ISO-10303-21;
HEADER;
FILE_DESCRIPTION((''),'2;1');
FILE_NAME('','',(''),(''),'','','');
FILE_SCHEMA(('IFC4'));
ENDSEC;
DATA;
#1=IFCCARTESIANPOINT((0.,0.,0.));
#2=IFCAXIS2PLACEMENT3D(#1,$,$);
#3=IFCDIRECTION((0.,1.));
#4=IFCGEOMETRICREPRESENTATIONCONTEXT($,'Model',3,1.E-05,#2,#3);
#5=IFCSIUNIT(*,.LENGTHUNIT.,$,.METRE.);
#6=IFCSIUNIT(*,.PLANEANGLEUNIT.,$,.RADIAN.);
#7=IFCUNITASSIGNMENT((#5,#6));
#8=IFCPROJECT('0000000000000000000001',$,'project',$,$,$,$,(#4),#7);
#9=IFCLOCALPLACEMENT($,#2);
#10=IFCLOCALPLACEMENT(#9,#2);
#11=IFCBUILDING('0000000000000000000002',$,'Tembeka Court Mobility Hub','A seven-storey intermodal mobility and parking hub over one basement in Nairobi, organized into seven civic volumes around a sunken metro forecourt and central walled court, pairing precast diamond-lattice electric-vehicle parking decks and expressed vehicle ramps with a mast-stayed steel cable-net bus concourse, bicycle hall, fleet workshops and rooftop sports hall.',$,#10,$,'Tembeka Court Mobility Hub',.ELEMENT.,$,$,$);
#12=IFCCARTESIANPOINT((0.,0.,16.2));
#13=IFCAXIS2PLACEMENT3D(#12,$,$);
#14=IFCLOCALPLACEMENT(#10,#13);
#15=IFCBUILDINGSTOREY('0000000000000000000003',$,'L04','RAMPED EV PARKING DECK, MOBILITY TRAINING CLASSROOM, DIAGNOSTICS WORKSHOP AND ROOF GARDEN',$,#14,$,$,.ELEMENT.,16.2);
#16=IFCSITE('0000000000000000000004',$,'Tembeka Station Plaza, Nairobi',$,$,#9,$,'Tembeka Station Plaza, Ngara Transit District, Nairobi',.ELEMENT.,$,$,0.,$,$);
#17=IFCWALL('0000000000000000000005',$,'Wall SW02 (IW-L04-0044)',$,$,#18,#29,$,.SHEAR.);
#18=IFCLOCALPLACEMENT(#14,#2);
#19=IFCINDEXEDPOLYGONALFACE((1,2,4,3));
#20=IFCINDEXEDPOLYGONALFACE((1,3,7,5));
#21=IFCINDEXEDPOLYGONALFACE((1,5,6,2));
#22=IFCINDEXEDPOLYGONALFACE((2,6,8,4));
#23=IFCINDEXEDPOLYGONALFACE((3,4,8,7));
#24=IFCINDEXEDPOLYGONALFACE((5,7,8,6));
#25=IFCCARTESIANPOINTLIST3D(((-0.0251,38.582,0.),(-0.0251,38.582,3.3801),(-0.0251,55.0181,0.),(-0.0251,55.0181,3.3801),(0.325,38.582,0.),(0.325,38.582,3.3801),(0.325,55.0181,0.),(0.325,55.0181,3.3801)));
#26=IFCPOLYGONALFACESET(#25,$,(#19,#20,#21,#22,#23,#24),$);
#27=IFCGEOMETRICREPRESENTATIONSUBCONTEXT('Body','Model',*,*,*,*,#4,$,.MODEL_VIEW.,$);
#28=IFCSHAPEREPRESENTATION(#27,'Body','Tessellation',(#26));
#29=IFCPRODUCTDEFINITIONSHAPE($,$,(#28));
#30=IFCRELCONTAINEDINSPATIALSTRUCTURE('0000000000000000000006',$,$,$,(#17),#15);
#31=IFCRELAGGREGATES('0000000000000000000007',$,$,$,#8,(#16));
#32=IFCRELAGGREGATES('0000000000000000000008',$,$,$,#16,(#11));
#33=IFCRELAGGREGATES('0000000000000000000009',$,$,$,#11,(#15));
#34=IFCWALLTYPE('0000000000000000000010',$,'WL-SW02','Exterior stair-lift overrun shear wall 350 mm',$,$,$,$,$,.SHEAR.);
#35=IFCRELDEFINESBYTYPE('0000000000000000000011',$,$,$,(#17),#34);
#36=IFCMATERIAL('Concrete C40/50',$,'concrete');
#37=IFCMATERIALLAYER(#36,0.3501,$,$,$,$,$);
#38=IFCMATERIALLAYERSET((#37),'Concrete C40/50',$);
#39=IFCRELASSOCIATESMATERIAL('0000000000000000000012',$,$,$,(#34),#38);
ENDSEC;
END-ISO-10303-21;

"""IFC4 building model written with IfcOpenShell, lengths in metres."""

from ifc_helpers import new_model, si_unit, direction, frame, frame_2d, origin, place, context, subcontext, project, spatial, rectangle, extrude, material, layer, layer_set, type_object, element, save


model = new_model("IFC4")

# Units and contexts
model_context = context("Model", 3, precision=1e-05, world=origin(), true_north=direction((0.0, 1.0)))
body_context = subcontext(model_context, "Body", "Model", "MODEL_VIEW")
ifc_project = project(units=[si_unit("LENGTHUNIT", "METRE"), si_unit("PLANEANGLEUNIT", "RADIAN")], contexts=[model_context])

# Site, building, storey
site_placement = place(None, origin())
site = spatial("IfcSite", under=ifc_project, at=site_placement, Name="Tembeka Station Plaza, Nairobi", LongName="Tembeka Station Plaza, Ngara Transit District, Nairobi", CompositionType="ELEMENT", RefElevation=0.0)
building_placement = place(site_placement, origin())
building = spatial("IfcBuilding", under=site, at=building_placement, Name="Tembeka Court Mobility Hub", Description="A seven-storey intermodal mobility and parking hub over one basement in Nairobi, organized into seven civic volumes around a sunken metro forecourt and central walled court, pairing precast diamond-lattice electric-vehicle parking decks and expressed vehicle ramps with a mast-stayed steel cable-net bus concourse, bicycle hall, fleet workshops and rooftop sports hall.", LongName="Tembeka Court Mobility Hub", CompositionType="ELEMENT")
storey_placement = place(building_placement, frame((0.0, 0.0, 16.2)))
storey = spatial("IfcBuildingStorey", under=building, at=storey_placement, Name="L04", Description="RAMPED EV PARKING DECK, MOBILITY TRAINING CLASSROOM, DIAGNOSTICS WORKSHOP AND ROOF GARDEN", CompositionType="ELEMENT", Elevation=16.2)

# Shared definitions
ifc_material_1 = material(Name="Concrete C40/50", Category="concrete")

# Wall
ifc_layer_1 = layer(ifc_material_1, 0.3501)
ifc_layer_set_1 = layer_set([ifc_layer_1], Name="Concrete C40/50")
wall_type_1 = type_object("IfcWallType", Name="WL-SW02", Description="Exterior stair-lift overrun shear wall 350 mm", PredefinedType="SHEAR", material=ifc_layer_set_1)
wall_1_placement = place(storey_placement, frame((0.1499, 38.582, 0.0), z_axis=(0.0, 0.0, 1.0), x_axis=(0.0, 1.0, 0.0)))
element("IfcWall", 1, at=wall_1_placement, inside=storey, type_object=wall_type_1, Name="Wall SW02 (IW-L04-0044)", PredefinedType="SHEAR", context=body_context, shape_type="SweptSolid", body=[
    extrude(rectangle(XDim=16.436, YDim=0.3501, at=frame_2d((8.218, 0.0))), origin(), (0.0, 0.0, 1.0), 3.3801),
])

save(model, "model.ifc")
